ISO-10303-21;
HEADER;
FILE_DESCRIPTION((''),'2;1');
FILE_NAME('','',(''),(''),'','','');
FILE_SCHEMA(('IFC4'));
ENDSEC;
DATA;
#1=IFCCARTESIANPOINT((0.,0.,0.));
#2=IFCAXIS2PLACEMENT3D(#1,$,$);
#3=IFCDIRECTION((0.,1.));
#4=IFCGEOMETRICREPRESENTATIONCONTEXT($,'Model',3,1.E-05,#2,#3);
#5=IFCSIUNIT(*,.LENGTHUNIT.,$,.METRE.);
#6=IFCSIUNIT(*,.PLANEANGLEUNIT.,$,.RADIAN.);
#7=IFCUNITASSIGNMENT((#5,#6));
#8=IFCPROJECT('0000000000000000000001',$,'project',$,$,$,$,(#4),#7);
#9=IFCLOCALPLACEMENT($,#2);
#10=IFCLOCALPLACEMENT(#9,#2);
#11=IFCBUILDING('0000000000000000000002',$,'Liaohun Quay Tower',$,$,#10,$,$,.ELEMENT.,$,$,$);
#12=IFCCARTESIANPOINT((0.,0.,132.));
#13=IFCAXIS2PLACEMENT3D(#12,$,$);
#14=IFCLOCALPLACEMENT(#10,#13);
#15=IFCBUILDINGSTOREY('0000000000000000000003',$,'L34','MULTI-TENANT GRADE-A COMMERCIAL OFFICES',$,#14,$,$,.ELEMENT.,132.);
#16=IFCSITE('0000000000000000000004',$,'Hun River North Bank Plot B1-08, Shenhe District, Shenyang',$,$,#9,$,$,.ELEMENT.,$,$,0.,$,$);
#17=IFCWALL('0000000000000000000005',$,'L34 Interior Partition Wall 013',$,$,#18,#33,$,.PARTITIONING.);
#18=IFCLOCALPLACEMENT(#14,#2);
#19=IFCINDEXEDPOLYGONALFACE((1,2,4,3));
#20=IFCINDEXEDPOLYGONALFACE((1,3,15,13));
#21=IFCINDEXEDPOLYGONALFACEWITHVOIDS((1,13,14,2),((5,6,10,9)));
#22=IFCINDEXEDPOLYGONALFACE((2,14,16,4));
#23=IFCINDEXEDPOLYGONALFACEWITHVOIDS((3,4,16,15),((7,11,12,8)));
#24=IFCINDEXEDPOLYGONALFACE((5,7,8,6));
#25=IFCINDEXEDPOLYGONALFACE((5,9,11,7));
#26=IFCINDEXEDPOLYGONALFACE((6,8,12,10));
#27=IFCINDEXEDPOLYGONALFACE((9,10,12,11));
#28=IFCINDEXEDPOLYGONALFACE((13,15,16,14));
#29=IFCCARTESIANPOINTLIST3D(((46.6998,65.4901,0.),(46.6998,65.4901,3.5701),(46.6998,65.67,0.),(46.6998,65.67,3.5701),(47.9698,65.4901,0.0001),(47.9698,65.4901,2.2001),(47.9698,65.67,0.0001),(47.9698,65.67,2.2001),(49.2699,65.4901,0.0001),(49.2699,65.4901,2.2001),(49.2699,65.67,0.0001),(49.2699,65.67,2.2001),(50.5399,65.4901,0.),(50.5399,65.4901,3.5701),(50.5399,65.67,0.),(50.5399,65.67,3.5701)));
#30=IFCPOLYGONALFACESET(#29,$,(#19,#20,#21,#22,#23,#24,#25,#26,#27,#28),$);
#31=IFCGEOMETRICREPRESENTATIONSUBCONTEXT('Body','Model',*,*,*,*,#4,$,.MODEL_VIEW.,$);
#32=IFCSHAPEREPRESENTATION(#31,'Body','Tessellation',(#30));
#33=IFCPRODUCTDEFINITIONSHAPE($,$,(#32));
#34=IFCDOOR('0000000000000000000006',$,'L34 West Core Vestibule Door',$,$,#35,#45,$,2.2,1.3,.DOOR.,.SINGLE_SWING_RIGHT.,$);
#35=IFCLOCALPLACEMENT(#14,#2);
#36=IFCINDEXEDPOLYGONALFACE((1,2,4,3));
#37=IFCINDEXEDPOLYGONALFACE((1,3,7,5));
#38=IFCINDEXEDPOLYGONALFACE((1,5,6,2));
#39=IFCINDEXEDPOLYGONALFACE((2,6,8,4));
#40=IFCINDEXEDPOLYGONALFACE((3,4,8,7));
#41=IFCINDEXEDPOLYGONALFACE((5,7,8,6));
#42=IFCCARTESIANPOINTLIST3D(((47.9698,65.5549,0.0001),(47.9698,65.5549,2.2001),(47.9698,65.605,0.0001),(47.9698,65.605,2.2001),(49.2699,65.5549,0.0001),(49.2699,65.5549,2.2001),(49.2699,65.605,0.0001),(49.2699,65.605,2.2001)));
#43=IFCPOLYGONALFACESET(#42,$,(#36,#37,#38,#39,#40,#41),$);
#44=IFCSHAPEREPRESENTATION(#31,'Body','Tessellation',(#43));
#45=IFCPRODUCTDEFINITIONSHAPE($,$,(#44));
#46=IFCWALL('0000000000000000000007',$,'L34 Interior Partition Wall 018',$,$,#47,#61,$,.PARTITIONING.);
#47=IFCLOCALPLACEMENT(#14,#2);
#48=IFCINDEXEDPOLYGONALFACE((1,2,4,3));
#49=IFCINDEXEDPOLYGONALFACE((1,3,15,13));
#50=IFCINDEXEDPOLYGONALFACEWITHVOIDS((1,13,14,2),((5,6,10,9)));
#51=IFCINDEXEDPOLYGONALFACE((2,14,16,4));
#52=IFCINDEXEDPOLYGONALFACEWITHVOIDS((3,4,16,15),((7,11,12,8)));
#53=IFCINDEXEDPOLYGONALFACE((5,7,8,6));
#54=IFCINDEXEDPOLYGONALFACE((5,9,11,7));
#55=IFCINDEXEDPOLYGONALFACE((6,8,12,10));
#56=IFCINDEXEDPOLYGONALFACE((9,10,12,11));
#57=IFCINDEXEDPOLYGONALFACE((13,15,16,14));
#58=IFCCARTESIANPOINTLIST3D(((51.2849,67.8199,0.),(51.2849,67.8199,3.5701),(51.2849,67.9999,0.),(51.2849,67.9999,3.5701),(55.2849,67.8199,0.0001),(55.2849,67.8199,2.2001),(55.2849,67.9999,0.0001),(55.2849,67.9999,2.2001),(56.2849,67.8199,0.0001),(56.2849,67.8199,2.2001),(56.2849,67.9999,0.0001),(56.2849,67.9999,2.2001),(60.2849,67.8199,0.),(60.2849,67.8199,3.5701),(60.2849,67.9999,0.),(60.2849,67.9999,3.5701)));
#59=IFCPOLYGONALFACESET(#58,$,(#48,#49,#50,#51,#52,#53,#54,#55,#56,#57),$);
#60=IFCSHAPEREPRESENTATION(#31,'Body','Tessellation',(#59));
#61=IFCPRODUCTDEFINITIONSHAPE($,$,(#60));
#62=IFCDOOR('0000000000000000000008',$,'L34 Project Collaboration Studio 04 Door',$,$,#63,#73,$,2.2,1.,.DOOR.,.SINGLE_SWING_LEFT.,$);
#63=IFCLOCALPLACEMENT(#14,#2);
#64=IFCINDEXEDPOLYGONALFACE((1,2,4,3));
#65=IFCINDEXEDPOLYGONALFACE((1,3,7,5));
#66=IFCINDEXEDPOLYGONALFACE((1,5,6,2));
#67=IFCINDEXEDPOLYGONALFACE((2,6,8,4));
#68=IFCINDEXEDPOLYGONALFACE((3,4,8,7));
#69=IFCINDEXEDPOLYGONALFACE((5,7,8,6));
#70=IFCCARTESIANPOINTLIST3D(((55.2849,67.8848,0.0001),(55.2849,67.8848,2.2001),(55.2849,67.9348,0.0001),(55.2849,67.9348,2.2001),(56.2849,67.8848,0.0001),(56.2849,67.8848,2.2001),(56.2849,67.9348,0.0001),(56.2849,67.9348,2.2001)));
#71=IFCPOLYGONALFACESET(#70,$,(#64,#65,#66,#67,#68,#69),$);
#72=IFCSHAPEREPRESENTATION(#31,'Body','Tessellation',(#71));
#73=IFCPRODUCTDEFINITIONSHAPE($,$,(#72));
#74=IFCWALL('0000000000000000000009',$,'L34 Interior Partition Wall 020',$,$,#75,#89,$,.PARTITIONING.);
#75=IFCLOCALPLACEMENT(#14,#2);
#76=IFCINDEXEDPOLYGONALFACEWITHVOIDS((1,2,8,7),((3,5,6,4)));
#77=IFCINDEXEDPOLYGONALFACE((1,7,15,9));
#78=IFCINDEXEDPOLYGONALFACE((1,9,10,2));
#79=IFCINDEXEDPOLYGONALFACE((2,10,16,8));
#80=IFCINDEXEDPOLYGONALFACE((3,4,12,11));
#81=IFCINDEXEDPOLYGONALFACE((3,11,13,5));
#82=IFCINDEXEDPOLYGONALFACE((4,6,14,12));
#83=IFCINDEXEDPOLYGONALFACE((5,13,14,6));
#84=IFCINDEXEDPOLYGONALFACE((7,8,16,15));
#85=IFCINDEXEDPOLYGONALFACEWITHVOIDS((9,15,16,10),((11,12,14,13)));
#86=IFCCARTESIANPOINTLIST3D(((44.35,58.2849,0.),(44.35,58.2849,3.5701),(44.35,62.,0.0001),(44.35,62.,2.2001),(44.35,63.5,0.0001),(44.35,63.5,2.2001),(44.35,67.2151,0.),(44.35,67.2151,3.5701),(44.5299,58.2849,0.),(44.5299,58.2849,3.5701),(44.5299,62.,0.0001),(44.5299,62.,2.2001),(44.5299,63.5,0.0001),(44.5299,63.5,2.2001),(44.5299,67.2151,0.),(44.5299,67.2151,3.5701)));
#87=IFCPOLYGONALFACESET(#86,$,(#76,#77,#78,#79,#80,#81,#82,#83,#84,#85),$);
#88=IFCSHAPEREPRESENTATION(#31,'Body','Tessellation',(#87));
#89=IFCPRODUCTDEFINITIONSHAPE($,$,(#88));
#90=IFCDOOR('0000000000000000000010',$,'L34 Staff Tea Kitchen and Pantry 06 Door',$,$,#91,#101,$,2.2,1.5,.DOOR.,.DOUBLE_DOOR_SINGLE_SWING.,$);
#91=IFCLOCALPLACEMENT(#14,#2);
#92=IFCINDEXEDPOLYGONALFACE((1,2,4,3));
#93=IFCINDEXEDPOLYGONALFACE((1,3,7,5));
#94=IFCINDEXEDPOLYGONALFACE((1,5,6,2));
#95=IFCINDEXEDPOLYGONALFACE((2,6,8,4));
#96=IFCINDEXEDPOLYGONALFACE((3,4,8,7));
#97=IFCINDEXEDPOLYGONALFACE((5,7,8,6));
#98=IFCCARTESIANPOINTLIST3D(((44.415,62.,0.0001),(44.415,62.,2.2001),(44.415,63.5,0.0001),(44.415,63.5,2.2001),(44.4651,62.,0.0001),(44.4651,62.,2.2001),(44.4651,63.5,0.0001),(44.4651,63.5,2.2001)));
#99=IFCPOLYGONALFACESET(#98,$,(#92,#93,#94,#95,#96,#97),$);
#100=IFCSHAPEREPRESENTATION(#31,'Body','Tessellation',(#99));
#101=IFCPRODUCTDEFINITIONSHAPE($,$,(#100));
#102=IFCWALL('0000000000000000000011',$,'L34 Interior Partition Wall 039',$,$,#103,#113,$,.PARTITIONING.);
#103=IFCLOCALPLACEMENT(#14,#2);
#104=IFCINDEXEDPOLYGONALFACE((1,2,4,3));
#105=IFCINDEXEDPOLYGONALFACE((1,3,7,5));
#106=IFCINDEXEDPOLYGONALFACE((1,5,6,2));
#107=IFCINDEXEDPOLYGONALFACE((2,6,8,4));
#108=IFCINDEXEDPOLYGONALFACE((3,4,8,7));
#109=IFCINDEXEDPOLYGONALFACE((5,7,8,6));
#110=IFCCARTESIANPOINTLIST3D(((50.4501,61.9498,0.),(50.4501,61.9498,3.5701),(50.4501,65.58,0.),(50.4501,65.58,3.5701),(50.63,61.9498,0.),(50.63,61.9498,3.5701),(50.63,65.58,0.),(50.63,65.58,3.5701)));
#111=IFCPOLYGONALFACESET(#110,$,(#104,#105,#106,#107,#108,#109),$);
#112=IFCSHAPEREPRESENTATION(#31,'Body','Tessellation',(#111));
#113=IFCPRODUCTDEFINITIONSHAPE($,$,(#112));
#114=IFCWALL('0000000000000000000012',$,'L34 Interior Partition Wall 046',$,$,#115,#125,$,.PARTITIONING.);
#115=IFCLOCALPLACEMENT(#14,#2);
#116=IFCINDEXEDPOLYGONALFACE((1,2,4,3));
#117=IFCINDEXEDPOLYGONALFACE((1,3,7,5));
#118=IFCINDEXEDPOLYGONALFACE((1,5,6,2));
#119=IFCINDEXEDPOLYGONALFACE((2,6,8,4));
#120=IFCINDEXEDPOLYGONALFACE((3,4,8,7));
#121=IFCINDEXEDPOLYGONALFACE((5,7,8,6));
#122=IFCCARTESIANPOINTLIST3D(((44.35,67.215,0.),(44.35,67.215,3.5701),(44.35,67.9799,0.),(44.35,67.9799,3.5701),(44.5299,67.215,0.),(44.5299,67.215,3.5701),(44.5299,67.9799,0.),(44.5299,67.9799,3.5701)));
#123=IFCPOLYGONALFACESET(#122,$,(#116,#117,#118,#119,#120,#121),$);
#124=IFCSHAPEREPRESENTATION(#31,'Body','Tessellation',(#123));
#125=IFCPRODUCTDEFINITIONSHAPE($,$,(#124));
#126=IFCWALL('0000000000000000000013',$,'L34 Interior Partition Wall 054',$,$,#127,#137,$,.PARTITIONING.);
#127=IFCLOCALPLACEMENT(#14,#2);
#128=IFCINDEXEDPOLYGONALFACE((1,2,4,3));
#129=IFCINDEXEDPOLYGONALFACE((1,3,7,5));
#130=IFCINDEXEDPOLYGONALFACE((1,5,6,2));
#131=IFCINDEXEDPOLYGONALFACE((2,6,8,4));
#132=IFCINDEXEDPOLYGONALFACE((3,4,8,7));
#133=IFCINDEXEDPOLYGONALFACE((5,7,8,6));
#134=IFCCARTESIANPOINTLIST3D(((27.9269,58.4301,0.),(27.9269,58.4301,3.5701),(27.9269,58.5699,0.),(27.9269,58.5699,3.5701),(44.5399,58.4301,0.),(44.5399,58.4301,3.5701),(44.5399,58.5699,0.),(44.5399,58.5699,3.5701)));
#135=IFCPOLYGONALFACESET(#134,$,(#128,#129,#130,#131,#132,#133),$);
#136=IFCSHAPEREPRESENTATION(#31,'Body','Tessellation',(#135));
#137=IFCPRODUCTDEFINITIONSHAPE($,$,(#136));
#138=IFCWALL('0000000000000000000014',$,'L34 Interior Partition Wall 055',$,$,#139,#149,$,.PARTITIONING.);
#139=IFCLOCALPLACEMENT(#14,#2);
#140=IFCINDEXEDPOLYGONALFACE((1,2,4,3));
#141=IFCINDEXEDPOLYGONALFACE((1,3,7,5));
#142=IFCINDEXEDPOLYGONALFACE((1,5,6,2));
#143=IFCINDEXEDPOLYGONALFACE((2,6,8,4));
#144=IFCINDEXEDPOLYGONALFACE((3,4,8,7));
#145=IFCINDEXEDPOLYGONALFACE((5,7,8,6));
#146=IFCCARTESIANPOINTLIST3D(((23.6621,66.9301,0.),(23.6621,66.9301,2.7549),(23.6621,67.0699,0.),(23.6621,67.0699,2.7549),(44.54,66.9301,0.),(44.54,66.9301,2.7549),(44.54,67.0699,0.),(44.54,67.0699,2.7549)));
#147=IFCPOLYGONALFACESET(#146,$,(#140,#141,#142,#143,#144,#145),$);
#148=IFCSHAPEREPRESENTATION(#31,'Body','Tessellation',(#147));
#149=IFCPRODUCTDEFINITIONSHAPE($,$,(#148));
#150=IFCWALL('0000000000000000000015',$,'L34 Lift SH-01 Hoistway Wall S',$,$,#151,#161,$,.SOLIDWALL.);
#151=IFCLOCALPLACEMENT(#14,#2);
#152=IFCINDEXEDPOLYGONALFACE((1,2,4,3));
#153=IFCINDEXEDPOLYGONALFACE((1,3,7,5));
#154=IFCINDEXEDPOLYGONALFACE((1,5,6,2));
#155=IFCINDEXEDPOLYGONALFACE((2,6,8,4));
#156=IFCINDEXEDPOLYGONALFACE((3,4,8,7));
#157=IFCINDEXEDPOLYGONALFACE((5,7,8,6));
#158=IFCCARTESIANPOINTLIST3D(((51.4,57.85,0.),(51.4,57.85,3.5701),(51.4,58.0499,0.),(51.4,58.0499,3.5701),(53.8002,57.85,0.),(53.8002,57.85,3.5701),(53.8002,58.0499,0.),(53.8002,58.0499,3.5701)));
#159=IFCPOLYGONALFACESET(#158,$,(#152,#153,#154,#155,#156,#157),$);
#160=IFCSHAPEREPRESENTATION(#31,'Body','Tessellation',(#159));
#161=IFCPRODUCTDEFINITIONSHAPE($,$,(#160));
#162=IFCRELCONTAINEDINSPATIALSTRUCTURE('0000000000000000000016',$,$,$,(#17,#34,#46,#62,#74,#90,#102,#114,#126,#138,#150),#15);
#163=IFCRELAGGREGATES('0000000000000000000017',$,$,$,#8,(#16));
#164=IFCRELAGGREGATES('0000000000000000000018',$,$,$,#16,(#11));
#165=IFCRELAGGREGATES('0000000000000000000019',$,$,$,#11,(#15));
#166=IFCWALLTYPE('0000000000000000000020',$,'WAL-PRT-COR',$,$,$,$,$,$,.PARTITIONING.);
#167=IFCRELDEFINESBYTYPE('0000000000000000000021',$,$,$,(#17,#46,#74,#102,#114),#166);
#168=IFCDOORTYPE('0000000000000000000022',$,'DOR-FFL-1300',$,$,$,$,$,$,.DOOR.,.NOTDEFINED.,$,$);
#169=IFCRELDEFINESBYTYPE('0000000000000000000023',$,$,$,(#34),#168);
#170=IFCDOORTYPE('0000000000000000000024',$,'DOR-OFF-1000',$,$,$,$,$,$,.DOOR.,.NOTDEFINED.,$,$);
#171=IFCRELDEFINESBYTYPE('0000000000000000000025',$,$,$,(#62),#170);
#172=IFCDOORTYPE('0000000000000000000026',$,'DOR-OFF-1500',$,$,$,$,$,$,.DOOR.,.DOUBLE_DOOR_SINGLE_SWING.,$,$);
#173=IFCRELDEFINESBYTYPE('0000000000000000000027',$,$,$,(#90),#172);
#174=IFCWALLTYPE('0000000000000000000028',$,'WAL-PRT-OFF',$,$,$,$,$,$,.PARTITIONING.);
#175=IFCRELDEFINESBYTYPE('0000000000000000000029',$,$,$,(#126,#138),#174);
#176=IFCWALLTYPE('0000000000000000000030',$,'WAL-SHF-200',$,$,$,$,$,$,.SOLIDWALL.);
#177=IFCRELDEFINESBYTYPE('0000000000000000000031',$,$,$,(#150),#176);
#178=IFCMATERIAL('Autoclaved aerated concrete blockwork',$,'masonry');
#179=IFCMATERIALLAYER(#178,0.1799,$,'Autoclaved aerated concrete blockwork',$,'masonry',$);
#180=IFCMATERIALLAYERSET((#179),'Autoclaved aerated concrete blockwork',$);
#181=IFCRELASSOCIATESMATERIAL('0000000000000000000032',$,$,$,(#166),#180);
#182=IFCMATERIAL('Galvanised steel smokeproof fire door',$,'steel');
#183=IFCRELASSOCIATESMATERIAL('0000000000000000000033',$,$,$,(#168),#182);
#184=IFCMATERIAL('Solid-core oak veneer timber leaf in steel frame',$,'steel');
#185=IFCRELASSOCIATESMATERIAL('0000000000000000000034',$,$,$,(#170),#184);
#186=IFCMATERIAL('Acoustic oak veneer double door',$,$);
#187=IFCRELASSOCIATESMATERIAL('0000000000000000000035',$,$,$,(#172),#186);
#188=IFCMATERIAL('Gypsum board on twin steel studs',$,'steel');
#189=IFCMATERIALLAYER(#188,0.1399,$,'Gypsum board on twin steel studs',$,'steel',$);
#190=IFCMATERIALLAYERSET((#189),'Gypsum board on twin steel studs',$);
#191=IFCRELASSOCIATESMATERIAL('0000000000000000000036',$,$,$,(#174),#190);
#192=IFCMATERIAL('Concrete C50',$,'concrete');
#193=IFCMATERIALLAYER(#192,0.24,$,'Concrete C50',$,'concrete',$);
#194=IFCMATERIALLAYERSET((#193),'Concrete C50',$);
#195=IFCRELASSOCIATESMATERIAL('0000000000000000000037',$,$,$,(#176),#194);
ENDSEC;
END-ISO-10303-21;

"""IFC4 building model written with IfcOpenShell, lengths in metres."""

from ifc_helpers import new_model, si_unit, direction, frame, frame_2d, origin, place, context, subcontext, project, spatial, rectangle, extrude, source, transform, mapped, material, layer, layer_set, type_object, element, fill, save


model = new_model("IFC4")

# Units and contexts
model_context = context("Model", 3, precision=1e-05, world=origin(), true_north=direction((0.0, 1.0)))
body_context = subcontext(model_context, "Body", "Model", "MODEL_VIEW")
ifc_project = project(units=[si_unit("LENGTHUNIT", "METRE"), si_unit("PLANEANGLEUNIT", "RADIAN")], contexts=[model_context])

# Site, building, storey
site_placement = place(None, origin())
site = spatial("IfcSite", under=ifc_project, at=site_placement, Name="Hun River North Bank Plot B1-08, Shenhe District, Shenyang", CompositionType="ELEMENT", RefElevation=0.0)
building_placement = place(site_placement, origin())
building = spatial("IfcBuilding", under=site, at=building_placement, Name="Liaohun Quay Tower", CompositionType="ELEMENT")
storey_placement = place(building_placement, frame((0.0, 0.0, 132.0)))
storey = spatial("IfcBuildingStorey", under=building, at=storey_placement, Name="L34", Description="MULTI-TENANT GRADE-A COMMERCIAL OFFICES", CompositionType="ELEMENT", Elevation=132.0)

# Walls, openings, doors
ifc_material_1 = material(Name="Autoclaved aerated concrete blockwork", Category="masonry")
ifc_layer_1 = layer(ifc_material_1, 0.1799, Name="Autoclaved aerated concrete blockwork", Category="masonry")
ifc_layer_set_1 = layer_set([ifc_layer_1], Name="Autoclaved aerated concrete blockwork")
wall_type_1 = type_object("IfcWallType", Name="WAL-PRT-COR", PredefinedType="PARTITIONING", material=ifc_layer_set_1)
wall_1_placement = place(storey_placement, frame((46.7, 65.5801, 0.0), z_axis=(0.0, 0.0, 1.0), x_axis=(1.0, 0.0, 0.0)))
wall_1 = element("IfcWall", 1, at=wall_1_placement, inside=storey, type_object=wall_type_1, Name="L34 Interior Partition Wall 013", PredefinedType="PARTITIONING", context=body_context, shape_type="SweptSolid", body=[
    extrude(rectangle(XDim=3.8401, YDim=0.1799, at=frame_2d((1.9199, 0.0))), origin(), (0.0, 0.0, 1.0), 3.5701),
])
shared_shape_1 = source(origin(), body_context, "Body", "SweptSolid", [
    extrude(rectangle(XDim=1.3, YDim=2.2, at=frame_2d((0.6499, 1.1001))), frame((0.0, 0.0999, 0.0), z_axis=(0.0, -1.0, 0.0), x_axis=(1.0, 0.0, 0.0)), (0.0, 0.0, 1.0), 0.2),
])
opening_1_placement = place(wall_1_placement, frame((1.27, 0.0, 0.0)))
opening_1 = element("IfcOpeningElement", 2, at=opening_1_placement, cuts=wall_1, PredefinedType="OPENING", context=body_context, shape_type="MappedRepresentation", body=[
    mapped(shared_shape_1, transform((0.0, 0.0, 0.0), x_axis=(1.0, 0.0, 0.0), y_axis=(0.0, 1.0, 0.0), z_axis=(0.0, 0.0, 1.0), scale=1.0)),
])
ifc_material_2 = material(Name="Galvanised steel smokeproof fire door", Category="steel")
door_type_1 = type_object("IfcDoorType", Name="DOR-FFL-1300", OperationType="NOTDEFINED", PredefinedType="DOOR", material=ifc_material_2)
shared_shape_2 = source(origin(), body_context, "Body", "SweptSolid", [
    extrude(rectangle(XDim=1.3, YDim=2.2, at=frame_2d((0.6499, 1.1001))), frame((0.0, 0.0249, 0.0), z_axis=(0.0, -1.0, 0.0), x_axis=(1.0, 0.0, 0.0)), (0.0, 0.0, 1.0), 0.05),
])
door_1_placement = place(opening_1_placement, origin())
door_1 = element("IfcDoor", 3, at=door_1_placement, inside=storey, type_object=door_type_1, Name="L34 West Core Vestibule Door", OperationType="SINGLE_SWING_RIGHT", OverallHeight=2.2, OverallWidth=1.3, PredefinedType="DOOR", context=body_context, shape_type="MappedRepresentation", body=[
    mapped(shared_shape_2, transform((0.0, 0.0, 0.0), x_axis=(1.0, 0.0, 0.0), y_axis=(0.0, 1.0, 0.0), z_axis=(0.0, 0.0, 1.0), scale=1.0)),
])
fill(opening_1, door_1)
wall_2_placement = place(storey_placement, frame((51.2849, 67.9099, 0.0), z_axis=(0.0, 0.0, 1.0), x_axis=(1.0, 0.0, 0.0)))
wall_2 = element("IfcWall", 4, at=wall_2_placement, inside=storey, type_object=wall_type_1, Name="L34 Interior Partition Wall 018", PredefinedType="PARTITIONING", context=body_context, shape_type="SweptSolid", body=[
    extrude(rectangle(XDim=9.0, YDim=0.1799, at=frame_2d((4.5, 0.0))), origin(), (0.0, 0.0, 1.0), 3.5701),
])
shared_shape_3 = source(origin(), body_context, "Body", "SweptSolid", [
    extrude(rectangle(XDim=1.0, YDim=2.2, at=frame_2d((0.5, 1.1001))), frame((0.0, 0.0999, 0.0), z_axis=(0.0, -1.0, 0.0), x_axis=(1.0, 0.0, 0.0)), (0.0, 0.0, 1.0), 0.2),
])
opening_2_placement = place(wall_2_placement, frame((4.0, 0.0, 0.0)))
opening_2 = element("IfcOpeningElement", 5, at=opening_2_placement, cuts=wall_2, PredefinedType="OPENING", context=body_context, shape_type="MappedRepresentation", body=[
    mapped(shared_shape_3, transform((0.0, 0.0, 0.0), x_axis=(1.0, 0.0, 0.0), y_axis=(0.0, 1.0, 0.0), z_axis=(0.0, 0.0, 1.0), scale=1.0)),
])
ifc_material_3 = material(Name="Solid-core oak veneer timber leaf in steel frame", Category="steel")
door_type_2 = type_object("IfcDoorType", Name="DOR-OFF-1000", OperationType="NOTDEFINED", PredefinedType="DOOR", material=ifc_material_3)
shared_shape_4 = source(origin(), body_context, "Body", "SweptSolid", [
    extrude(rectangle(XDim=1.0, YDim=2.2, at=frame_2d((0.5, 1.1001))), frame((0.0, 0.0249, 0.0), z_axis=(0.0, -1.0, 0.0), x_axis=(1.0, 0.0, 0.0)), (0.0, 0.0, 1.0), 0.05),
])
door_2_placement = place(opening_2_placement, origin())
door_2 = element("IfcDoor", 6, at=door_2_placement, inside=storey, type_object=door_type_2, Name="L34 Project Collaboration Studio 04 Door", OperationType="SINGLE_SWING_LEFT", OverallHeight=2.2, OverallWidth=1.0, PredefinedType="DOOR", context=body_context, shape_type="MappedRepresentation", body=[
    mapped(shared_shape_4, transform((0.0, 0.0, 0.0), x_axis=(1.0, 0.0, 0.0), y_axis=(0.0, 1.0, 0.0), z_axis=(0.0, 0.0, 1.0), scale=1.0)),
])
fill(opening_2, door_2)
wall_3_placement = place(storey_placement, frame((44.4399, 58.2849, 0.0), z_axis=(0.0, 0.0, 1.0), x_axis=(0.0, 1.0, 0.0)))
wall_3 = element("IfcWall", 7, at=wall_3_placement, inside=storey, type_object=wall_type_1, Name="L34 Interior Partition Wall 020", PredefinedType="PARTITIONING", context=body_context, shape_type="SweptSolid", body=[
    extrude(rectangle(XDim=8.9302, YDim=0.1799, at=frame_2d((4.4651, 0.0))), origin(), (0.0, 0.0, 1.0), 3.5701),
])
shared_shape_5 = source(origin(), body_context, "Body", "SweptSolid", [
    extrude(rectangle(XDim=1.5, YDim=2.2, at=frame_2d((0.75, 1.1001))), frame((0.0, 0.0999, 0.0), z_axis=(0.0, -1.0, 0.0), x_axis=(1.0, 0.0, 0.0)), (0.0, 0.0, 1.0), 0.2),
])
opening_3_placement = place(wall_3_placement, frame((3.7151, 0.0, 0.0)))
opening_3 = element("IfcOpeningElement", 8, at=opening_3_placement, cuts=wall_3, PredefinedType="OPENING", context=body_context, shape_type="MappedRepresentation", body=[
    mapped(shared_shape_5, transform((0.0, 0.0, 0.0), x_axis=(1.0, 0.0, 0.0), y_axis=(0.0, 1.0, 0.0), z_axis=(0.0, 0.0, 1.0), scale=1.0)),
])
ifc_material_4 = material(Name="Acoustic oak veneer double door")
door_type_3 = type_object("IfcDoorType", Name="DOR-OFF-1500", OperationType="DOUBLE_DOOR_SINGLE_SWING", PredefinedType="DOOR", material=ifc_material_4)
shared_shape_6 = source(origin(), body_context, "Body", "SweptSolid", [
    extrude(rectangle(XDim=1.5, YDim=2.2, at=frame_2d((0.75, 1.1001))), frame((0.0, 0.0249, 0.0), z_axis=(0.0, -1.0, 0.0), x_axis=(1.0, 0.0, 0.0)), (0.0, 0.0, 1.0), 0.05),
])
door_3_placement = place(opening_3_placement, origin())
door_3 = element("IfcDoor", 9, at=door_3_placement, inside=storey, type_object=door_type_3, Name="L34 Staff Tea Kitchen and Pantry 06 Door", OperationType="DOUBLE_DOOR_SINGLE_SWING", OverallHeight=2.2, OverallWidth=1.5, PredefinedType="DOOR", context=body_context, shape_type="MappedRepresentation", body=[
    mapped(shared_shape_6, transform((0.0, 0.0, 0.0), x_axis=(1.0, 0.0, 0.0), y_axis=(0.0, 1.0, 0.0), z_axis=(0.0, 0.0, 1.0), scale=1.0)),
])
fill(opening_3, door_3)

# Walls
wall_4_placement = place(storey_placement, frame((50.54, 61.95, 0.0), z_axis=(0.0, 0.0, 1.0), x_axis=(0.0, 1.0, 0.0)))
element("IfcWall", 10, at=wall_4_placement, inside=storey, type_object=wall_type_1, Name="L34 Interior Partition Wall 039", PredefinedType="PARTITIONING", context=body_context, shape_type="SweptSolid", body=[
    extrude(rectangle(XDim=3.6301, YDim=0.1799, at=frame_2d((1.8149, 0.0))), origin(), (0.0, 0.0, 1.0), 3.5701),
])
wall_5_placement = place(storey_placement, frame((44.4399, 67.2151, 0.0), z_axis=(0.0, 0.0, 1.0), x_axis=(0.0, 1.0, 0.0)))
element("IfcWall", 11, at=wall_5_placement, inside=storey, type_object=wall_type_1, Name="L34 Interior Partition Wall 046", PredefinedType="PARTITIONING", context=body_context, shape_type="SweptSolid", body=[
    extrude(rectangle(XDim=0.7649, YDim=0.1799, at=frame_2d((0.3823, 0.0))), origin(), (0.0, 0.0, 1.0), 3.5701),
])
ifc_material_5 = material(Name="Gypsum board on twin steel studs", Category="steel")
ifc_layer_2 = layer(ifc_material_5, 0.1399, Name="Gypsum board on twin steel studs", Category="steel")
ifc_layer_set_2 = layer_set([ifc_layer_2], Name="Gypsum board on twin steel studs")
wall_type_2 = type_object("IfcWallType", Name="WAL-PRT-OFF", PredefinedType="PARTITIONING", material=ifc_layer_set_2)
wall_6_placement = place(storey_placement, frame((44.54, 58.5, 0.0), z_axis=(0.0, 0.0, 1.0), x_axis=(-1.0, 0.0, 0.0)))
element("IfcWall", 12, at=wall_6_placement, inside=storey, type_object=wall_type_2, Name="L34 Interior Partition Wall 054", PredefinedType="PARTITIONING", context=body_context, shape_type="SweptSolid", body=[
    extrude(rectangle(XDim=16.613, YDim=0.1399, at=frame_2d((8.3066, 0.0))), origin(), (0.0, 0.0, 1.0), 3.5701),
])
wall_7_placement = place(storey_placement, frame((44.54, 67.0, 0.0), z_axis=(0.0, 0.0, 1.0), x_axis=(-1.0, 0.0, 0.0)))
element("IfcWall", 13, at=wall_7_placement, inside=storey, type_object=wall_type_2, Name="L34 Interior Partition Wall 055", PredefinedType="PARTITIONING", context=body_context, shape_type="SweptSolid", body=[
    extrude(rectangle(XDim=20.8779, YDim=0.1399, at=frame_2d((10.439, 0.0))), origin(), (0.0, 0.0, 1.0), 2.7549),
])
ifc_material_6 = material(Name="Concrete C50", Category="concrete")
ifc_layer_3 = layer(ifc_material_6, 0.24, Name="Concrete C50", Category="concrete")
ifc_layer_set_3 = layer_set([ifc_layer_3], Name="Concrete C50")
wall_type_3 = type_object("IfcWallType", Name="WAL-SHF-200", PredefinedType="SOLIDWALL", material=ifc_layer_set_3)
wall_8_placement = place(storey_placement, frame((51.3999, 57.95, 0.0), z_axis=(0.0, 0.0, 1.0), x_axis=(1.0, 0.0, 0.0)))
element("IfcWall", 14, at=wall_8_placement, inside=storey, type_object=wall_type_3, Name="L34 Lift SH-01 Hoistway Wall S", PredefinedType="SOLIDWALL", context=body_context, shape_type="SweptSolid", body=[
    extrude(rectangle(XDim=2.4001, YDim=0.2, at=frame_2d((1.2002, 0.0))), origin(), (0.0, 0.0, 1.0), 3.5701),
])

save(model, "model.ifc")
